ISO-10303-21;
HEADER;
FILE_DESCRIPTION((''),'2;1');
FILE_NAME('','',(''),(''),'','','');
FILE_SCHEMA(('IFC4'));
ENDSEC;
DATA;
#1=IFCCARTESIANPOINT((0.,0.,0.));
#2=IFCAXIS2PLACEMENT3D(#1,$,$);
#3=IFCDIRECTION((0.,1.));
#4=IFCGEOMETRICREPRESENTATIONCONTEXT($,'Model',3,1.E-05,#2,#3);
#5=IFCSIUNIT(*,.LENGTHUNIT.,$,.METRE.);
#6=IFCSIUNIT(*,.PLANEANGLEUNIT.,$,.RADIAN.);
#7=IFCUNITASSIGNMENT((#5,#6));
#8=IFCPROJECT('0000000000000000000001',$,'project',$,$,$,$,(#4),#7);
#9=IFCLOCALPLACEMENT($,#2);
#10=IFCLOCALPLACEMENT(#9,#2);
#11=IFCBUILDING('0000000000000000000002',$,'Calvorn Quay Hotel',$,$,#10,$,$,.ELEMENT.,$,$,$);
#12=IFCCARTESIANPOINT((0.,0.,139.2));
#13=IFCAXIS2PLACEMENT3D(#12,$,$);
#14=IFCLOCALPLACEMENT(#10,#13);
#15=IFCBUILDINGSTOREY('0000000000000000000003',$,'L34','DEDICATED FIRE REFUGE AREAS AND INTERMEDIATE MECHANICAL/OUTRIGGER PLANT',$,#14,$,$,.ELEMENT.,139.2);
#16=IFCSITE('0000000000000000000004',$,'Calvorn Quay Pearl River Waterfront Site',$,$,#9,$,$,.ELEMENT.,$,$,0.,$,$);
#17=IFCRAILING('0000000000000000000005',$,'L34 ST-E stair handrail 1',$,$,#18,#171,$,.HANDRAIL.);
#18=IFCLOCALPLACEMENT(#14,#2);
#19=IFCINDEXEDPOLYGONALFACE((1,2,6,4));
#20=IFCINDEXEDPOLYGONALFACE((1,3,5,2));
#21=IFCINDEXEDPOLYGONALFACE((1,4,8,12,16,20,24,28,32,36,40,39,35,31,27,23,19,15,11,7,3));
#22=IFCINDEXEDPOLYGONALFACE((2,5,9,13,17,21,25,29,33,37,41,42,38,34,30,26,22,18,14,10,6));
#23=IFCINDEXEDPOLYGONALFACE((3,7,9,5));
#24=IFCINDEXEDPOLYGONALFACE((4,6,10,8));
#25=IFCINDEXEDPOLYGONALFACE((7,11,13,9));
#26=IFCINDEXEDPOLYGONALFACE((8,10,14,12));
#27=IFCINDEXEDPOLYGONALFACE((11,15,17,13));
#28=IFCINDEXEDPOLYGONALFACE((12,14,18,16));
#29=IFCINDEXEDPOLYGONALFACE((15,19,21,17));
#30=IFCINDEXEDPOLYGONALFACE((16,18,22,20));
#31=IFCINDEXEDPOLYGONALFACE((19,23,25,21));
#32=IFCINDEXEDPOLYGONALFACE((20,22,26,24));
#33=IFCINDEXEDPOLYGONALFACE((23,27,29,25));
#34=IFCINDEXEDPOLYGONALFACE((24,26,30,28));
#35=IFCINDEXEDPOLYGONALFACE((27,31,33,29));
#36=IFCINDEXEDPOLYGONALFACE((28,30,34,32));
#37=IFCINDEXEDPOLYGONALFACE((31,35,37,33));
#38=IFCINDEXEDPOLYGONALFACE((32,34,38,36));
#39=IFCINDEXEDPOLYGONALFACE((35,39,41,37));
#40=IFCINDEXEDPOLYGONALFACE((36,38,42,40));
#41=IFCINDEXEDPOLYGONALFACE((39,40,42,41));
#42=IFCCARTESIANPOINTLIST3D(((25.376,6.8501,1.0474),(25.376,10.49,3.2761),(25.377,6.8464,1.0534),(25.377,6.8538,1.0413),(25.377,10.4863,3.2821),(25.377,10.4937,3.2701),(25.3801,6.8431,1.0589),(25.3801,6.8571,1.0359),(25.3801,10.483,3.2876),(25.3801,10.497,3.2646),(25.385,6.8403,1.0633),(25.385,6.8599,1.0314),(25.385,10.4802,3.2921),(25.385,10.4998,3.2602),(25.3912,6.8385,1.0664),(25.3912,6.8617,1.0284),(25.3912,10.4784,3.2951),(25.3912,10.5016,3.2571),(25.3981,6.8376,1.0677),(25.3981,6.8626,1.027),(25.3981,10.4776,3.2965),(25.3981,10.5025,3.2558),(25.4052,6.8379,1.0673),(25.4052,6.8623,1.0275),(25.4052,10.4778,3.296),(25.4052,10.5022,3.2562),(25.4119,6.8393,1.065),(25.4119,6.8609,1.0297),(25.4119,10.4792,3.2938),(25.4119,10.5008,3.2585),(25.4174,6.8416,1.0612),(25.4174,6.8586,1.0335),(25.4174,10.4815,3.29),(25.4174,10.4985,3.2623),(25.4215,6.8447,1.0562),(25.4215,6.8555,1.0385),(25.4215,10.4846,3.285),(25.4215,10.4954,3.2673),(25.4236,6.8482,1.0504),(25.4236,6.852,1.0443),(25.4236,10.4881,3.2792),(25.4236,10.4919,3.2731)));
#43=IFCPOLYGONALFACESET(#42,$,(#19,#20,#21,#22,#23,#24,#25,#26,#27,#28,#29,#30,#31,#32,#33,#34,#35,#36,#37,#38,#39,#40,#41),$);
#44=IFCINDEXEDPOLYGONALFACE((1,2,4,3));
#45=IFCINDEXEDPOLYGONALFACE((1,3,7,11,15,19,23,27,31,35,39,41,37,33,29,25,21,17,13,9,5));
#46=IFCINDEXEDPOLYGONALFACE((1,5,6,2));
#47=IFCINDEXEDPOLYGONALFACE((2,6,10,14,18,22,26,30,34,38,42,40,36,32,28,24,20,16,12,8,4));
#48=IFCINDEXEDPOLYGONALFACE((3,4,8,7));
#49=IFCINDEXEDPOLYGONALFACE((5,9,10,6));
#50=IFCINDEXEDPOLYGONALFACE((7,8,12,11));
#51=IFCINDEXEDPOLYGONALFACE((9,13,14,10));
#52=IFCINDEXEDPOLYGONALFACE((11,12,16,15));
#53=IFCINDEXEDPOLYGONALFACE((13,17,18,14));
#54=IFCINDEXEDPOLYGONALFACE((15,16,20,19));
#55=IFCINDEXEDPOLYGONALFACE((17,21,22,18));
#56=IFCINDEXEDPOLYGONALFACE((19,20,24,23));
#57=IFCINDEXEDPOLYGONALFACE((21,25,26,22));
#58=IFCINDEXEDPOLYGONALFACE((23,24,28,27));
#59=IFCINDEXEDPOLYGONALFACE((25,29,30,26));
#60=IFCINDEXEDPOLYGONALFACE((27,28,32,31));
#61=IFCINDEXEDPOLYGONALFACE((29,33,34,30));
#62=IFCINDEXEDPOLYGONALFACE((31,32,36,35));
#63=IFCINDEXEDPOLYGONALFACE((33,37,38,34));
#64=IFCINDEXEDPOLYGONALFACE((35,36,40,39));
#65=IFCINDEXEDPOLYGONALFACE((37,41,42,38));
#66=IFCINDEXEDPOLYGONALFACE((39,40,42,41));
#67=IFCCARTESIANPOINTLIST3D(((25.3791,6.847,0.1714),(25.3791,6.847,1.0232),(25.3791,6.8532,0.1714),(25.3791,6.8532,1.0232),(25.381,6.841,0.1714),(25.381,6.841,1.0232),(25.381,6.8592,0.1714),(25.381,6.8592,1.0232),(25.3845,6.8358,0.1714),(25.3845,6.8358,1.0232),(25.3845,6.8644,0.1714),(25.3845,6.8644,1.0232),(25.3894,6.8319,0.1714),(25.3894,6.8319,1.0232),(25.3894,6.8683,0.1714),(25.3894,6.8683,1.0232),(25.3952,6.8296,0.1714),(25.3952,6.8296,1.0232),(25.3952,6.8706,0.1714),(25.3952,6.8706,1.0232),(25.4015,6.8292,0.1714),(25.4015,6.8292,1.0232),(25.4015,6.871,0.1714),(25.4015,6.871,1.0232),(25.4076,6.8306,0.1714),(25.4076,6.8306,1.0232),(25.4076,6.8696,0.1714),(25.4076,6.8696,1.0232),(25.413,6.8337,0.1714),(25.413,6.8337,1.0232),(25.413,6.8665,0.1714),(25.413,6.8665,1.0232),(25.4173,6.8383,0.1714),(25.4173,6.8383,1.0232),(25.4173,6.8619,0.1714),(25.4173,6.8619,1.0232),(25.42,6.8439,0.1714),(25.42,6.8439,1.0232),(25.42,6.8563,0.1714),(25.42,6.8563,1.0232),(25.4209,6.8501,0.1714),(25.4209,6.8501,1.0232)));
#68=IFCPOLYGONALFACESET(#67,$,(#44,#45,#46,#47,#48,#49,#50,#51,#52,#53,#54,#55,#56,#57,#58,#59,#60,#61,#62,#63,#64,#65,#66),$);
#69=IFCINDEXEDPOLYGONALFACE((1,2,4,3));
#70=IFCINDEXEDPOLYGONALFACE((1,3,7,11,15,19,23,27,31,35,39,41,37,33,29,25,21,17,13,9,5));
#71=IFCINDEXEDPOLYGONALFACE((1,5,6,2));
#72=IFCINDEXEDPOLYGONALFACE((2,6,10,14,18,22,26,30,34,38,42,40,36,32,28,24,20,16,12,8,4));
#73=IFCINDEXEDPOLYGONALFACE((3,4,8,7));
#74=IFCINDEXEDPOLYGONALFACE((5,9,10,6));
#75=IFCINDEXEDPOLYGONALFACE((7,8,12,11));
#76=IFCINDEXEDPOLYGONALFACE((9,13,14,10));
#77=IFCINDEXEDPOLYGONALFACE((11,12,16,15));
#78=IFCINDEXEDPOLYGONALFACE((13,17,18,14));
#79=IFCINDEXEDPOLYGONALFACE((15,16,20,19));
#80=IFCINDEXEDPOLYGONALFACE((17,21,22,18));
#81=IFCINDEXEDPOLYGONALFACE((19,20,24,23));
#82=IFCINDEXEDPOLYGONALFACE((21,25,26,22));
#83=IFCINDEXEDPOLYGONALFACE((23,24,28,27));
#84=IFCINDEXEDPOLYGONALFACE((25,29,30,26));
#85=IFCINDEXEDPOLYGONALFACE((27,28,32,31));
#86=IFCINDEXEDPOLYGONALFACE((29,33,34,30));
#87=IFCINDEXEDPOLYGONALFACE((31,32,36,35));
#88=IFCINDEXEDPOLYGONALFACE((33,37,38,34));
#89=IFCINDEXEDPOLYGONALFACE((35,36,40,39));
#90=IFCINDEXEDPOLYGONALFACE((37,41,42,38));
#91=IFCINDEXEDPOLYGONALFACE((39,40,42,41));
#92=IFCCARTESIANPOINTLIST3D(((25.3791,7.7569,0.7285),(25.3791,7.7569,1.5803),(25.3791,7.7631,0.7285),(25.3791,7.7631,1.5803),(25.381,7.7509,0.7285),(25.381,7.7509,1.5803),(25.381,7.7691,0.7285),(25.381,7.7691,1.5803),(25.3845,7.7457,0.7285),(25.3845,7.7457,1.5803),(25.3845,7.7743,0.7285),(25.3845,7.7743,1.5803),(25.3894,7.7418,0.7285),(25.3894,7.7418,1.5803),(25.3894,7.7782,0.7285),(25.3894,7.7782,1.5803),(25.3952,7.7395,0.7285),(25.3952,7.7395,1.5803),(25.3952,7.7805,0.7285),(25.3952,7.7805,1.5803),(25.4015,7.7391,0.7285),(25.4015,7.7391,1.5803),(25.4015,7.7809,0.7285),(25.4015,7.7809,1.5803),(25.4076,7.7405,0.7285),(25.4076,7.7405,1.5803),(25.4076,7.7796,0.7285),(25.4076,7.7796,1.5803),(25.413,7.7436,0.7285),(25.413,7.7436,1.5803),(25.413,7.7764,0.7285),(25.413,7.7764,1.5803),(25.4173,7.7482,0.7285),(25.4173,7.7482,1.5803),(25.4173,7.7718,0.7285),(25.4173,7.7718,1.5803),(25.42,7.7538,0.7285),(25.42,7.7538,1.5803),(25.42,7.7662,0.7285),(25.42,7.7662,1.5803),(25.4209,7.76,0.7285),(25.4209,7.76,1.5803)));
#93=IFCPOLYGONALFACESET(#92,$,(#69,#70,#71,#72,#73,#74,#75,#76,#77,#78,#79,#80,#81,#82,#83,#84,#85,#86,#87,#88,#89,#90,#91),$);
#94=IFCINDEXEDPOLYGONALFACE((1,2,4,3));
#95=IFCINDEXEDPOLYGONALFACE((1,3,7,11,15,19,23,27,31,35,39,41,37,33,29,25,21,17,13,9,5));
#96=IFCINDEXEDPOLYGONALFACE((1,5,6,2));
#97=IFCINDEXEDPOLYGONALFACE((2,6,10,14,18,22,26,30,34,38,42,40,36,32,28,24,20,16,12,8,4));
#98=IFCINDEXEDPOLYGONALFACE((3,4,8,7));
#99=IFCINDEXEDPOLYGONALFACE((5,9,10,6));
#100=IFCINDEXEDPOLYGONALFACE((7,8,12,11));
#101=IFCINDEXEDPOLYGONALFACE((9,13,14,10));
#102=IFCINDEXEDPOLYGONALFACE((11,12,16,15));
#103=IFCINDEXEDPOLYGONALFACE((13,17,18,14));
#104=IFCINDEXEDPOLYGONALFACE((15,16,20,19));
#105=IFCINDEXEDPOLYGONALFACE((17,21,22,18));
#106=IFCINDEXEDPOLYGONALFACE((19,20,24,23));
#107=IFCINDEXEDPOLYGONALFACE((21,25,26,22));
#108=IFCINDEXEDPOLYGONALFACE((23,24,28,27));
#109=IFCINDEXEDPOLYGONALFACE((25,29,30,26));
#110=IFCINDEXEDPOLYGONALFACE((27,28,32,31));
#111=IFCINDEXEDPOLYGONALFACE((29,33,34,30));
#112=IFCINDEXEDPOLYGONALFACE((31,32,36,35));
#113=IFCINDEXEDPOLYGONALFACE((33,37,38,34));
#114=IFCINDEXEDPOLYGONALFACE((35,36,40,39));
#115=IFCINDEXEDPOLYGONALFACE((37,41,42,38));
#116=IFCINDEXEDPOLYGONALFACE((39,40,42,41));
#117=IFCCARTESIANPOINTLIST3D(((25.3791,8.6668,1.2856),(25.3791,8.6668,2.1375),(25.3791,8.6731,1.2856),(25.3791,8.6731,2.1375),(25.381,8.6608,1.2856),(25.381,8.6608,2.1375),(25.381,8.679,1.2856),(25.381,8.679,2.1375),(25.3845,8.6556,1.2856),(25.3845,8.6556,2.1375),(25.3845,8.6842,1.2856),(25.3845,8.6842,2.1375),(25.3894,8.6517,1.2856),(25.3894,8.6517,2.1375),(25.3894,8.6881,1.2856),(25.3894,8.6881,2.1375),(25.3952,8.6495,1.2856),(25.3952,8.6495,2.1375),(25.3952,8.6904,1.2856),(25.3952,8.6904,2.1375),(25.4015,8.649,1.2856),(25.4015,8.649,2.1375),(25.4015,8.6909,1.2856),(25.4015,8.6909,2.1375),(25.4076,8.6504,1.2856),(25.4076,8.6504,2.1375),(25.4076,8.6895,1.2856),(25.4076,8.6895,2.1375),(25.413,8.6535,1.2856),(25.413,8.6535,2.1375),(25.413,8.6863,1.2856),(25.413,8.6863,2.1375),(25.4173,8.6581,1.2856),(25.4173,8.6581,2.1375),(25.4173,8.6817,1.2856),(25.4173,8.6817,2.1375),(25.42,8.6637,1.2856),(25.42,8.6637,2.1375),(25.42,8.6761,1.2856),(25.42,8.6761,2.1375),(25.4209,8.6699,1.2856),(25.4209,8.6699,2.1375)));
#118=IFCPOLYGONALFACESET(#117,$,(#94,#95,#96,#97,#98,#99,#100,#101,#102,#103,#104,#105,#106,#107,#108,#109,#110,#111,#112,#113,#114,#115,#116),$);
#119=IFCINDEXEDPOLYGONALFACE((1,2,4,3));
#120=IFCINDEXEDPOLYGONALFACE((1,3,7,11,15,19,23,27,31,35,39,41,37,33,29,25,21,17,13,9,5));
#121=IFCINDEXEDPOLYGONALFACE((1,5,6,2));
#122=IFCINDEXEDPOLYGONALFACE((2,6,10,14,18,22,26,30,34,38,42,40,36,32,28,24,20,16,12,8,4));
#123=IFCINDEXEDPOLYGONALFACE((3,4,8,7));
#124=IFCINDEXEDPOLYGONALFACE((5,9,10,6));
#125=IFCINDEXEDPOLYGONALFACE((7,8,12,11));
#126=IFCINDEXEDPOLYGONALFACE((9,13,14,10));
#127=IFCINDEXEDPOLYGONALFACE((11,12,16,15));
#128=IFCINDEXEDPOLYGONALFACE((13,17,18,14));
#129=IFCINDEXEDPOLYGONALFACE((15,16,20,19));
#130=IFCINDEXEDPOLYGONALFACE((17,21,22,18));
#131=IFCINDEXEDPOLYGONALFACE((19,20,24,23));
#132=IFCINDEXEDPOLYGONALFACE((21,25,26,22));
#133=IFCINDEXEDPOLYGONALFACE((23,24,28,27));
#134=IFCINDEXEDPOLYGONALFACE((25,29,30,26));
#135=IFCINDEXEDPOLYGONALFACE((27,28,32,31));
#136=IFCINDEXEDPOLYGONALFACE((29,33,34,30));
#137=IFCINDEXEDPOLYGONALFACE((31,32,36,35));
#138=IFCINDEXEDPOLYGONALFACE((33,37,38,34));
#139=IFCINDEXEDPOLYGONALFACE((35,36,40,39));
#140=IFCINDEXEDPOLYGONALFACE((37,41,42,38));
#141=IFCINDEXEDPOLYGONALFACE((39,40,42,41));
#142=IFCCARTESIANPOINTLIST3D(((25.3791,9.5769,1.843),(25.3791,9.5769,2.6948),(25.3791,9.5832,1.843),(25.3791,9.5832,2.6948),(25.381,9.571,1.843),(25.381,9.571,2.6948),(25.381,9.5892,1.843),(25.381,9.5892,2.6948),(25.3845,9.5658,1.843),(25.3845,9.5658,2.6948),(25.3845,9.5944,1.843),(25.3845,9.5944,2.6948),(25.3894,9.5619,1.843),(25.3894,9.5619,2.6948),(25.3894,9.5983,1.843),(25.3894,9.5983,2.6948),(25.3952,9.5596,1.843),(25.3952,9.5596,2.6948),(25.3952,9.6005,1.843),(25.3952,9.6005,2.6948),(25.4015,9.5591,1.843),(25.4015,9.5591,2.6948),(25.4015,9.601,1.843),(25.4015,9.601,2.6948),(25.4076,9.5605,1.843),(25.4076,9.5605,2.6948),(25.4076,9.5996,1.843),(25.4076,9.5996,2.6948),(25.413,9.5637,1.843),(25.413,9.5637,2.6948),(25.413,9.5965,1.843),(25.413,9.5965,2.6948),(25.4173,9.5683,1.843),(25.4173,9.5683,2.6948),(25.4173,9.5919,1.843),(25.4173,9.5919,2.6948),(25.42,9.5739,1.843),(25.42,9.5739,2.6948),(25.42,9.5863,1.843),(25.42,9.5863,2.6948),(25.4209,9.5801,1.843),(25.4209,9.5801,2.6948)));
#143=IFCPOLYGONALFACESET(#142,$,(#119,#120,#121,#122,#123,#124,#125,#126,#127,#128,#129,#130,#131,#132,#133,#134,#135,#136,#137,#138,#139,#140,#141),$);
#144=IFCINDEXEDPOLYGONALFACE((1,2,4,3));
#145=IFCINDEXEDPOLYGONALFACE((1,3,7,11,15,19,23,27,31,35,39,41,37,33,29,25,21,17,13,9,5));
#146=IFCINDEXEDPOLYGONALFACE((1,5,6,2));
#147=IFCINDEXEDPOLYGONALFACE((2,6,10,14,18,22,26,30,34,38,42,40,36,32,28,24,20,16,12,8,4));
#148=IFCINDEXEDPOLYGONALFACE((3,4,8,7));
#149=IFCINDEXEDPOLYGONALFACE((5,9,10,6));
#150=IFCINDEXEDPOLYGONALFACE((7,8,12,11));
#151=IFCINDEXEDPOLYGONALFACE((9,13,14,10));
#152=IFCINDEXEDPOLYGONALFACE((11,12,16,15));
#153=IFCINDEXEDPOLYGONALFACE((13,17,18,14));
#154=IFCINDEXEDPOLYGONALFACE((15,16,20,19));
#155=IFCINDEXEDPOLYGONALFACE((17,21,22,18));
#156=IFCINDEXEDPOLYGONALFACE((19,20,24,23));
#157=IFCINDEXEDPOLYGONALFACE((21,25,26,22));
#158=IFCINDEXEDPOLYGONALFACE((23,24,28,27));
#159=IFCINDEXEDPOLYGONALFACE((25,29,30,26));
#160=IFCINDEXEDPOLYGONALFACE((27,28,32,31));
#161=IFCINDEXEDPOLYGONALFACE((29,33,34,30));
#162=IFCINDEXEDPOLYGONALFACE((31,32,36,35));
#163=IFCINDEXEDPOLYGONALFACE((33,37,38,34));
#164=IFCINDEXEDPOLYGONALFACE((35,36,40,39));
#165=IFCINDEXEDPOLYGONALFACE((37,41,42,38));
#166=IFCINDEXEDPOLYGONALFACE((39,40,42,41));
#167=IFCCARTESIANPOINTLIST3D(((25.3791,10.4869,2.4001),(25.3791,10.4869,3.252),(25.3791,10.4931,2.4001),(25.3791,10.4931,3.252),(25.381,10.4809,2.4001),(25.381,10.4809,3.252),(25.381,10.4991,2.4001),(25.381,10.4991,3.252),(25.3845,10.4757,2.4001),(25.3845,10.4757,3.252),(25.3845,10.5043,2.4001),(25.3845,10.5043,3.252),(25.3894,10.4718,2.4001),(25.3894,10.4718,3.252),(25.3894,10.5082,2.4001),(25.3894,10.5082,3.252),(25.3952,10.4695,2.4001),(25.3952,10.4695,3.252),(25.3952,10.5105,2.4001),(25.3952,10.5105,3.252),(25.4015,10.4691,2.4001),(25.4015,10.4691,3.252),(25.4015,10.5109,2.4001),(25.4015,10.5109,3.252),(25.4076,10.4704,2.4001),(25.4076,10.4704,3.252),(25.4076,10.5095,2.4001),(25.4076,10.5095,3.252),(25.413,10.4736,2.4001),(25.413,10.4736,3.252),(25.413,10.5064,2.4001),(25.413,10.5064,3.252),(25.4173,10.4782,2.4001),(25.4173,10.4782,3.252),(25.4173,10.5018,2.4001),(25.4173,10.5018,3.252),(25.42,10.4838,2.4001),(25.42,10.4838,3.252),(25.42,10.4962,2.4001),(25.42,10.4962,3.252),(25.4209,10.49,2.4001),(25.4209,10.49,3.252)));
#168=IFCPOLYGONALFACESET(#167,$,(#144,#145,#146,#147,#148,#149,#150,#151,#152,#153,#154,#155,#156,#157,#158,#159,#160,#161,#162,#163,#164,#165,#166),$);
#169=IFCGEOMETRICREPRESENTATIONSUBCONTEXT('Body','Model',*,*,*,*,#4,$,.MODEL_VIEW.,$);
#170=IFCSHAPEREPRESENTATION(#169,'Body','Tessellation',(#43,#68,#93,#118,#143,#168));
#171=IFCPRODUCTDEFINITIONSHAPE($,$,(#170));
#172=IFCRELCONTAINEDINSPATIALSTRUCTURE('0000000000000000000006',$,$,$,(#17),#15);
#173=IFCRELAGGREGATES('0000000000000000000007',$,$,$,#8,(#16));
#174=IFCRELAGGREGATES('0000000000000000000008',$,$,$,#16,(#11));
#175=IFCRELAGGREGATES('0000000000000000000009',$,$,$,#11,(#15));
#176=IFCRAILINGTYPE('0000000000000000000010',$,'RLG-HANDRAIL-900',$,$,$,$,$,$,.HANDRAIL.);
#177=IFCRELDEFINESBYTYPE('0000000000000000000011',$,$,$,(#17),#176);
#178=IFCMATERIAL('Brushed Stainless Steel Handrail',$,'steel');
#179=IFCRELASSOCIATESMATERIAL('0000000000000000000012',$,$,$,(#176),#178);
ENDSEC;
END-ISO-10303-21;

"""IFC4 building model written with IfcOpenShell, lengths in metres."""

from ifc_helpers import new_model, si_unit, direction, frame, origin, origin_2d, place, context, subcontext, project, spatial, circle, extrude, material, type_object, element, save


model = new_model("IFC4")

# Units and contexts
model_context = context("Model", 3, precision=1e-05, world=origin(), true_north=direction((0.0, 1.0)))
body_context = subcontext(model_context, "Body", "Model", "MODEL_VIEW")
ifc_project = project(units=[si_unit("LENGTHUNIT", "METRE"), si_unit("PLANEANGLEUNIT", "RADIAN")], contexts=[model_context])

# Site, building, storey
site_placement = place(None, origin())
site = spatial("IfcSite", under=ifc_project, at=site_placement, Name="Calvorn Quay Pearl River Waterfront Site", CompositionType="ELEMENT", RefElevation=0.0)
building_placement = place(site_placement, origin())
building = spatial("IfcBuilding", under=site, at=building_placement, Name="Calvorn Quay Hotel", CompositionType="ELEMENT")
storey_placement = place(building_placement, frame((0.0, 0.0, 139.2)))
storey = spatial("IfcBuildingStorey", under=building, at=storey_placement, Name="L34", Description="DEDICATED FIRE REFUGE AREAS AND INTERMEDIATE MECHANICAL/OUTRIGGER PLANT", CompositionType="ELEMENT", Elevation=139.2)

# Railing
ifc_material_1 = material(Name="Brushed Stainless Steel Handrail", Category="steel")
railing_type_1 = type_object("IfcRailingType", Name="RLG-HANDRAIL-900", PredefinedType="HANDRAIL", material=ifc_material_1)
railing_1_placement = place(storey_placement, frame((25.3999, 6.8501, 0.1714)))
element("IfcRailing", 1, at=railing_1_placement, inside=storey, type_object=railing_type_1, Name="L34 ST-E stair handrail 1", PredefinedType="HANDRAIL", context=body_context, shape_type="SweptSolid", body=[
    extrude(circle(Radius=0.0239, at=origin_2d()), frame((0.0, 0.0, 0.876), z_axis=(0.0, 0.852825, 0.522197), x_axis=(-1.0, 0.0, 0.0)), (0.0, 0.0, 1.0), 4.2681),
    extrude(circle(Radius=0.021, at=origin_2d()), origin(), (0.0, 0.0, 1.0), 0.8518),
    extrude(circle(Radius=0.021, at=origin_2d()), frame((0.0, 0.9099, 0.5571)), (0.0, 0.0, 1.0), 0.8518),
    extrude(circle(Radius=0.021, at=origin_2d()), frame((0.0, 1.8198, 1.1143)), (0.0, 0.0, 1.0), 0.8518),
    extrude(circle(Radius=0.021, at=origin_2d()), frame((0.0, 2.73, 1.6716)), (0.0, 0.0, 1.0), 0.8518),
    extrude(circle(Radius=0.021, at=origin_2d()), frame((0.0, 3.6399, 2.2288)), (0.0, 0.0, 1.0), 0.8518),
])

save(model, "model.ifc")
